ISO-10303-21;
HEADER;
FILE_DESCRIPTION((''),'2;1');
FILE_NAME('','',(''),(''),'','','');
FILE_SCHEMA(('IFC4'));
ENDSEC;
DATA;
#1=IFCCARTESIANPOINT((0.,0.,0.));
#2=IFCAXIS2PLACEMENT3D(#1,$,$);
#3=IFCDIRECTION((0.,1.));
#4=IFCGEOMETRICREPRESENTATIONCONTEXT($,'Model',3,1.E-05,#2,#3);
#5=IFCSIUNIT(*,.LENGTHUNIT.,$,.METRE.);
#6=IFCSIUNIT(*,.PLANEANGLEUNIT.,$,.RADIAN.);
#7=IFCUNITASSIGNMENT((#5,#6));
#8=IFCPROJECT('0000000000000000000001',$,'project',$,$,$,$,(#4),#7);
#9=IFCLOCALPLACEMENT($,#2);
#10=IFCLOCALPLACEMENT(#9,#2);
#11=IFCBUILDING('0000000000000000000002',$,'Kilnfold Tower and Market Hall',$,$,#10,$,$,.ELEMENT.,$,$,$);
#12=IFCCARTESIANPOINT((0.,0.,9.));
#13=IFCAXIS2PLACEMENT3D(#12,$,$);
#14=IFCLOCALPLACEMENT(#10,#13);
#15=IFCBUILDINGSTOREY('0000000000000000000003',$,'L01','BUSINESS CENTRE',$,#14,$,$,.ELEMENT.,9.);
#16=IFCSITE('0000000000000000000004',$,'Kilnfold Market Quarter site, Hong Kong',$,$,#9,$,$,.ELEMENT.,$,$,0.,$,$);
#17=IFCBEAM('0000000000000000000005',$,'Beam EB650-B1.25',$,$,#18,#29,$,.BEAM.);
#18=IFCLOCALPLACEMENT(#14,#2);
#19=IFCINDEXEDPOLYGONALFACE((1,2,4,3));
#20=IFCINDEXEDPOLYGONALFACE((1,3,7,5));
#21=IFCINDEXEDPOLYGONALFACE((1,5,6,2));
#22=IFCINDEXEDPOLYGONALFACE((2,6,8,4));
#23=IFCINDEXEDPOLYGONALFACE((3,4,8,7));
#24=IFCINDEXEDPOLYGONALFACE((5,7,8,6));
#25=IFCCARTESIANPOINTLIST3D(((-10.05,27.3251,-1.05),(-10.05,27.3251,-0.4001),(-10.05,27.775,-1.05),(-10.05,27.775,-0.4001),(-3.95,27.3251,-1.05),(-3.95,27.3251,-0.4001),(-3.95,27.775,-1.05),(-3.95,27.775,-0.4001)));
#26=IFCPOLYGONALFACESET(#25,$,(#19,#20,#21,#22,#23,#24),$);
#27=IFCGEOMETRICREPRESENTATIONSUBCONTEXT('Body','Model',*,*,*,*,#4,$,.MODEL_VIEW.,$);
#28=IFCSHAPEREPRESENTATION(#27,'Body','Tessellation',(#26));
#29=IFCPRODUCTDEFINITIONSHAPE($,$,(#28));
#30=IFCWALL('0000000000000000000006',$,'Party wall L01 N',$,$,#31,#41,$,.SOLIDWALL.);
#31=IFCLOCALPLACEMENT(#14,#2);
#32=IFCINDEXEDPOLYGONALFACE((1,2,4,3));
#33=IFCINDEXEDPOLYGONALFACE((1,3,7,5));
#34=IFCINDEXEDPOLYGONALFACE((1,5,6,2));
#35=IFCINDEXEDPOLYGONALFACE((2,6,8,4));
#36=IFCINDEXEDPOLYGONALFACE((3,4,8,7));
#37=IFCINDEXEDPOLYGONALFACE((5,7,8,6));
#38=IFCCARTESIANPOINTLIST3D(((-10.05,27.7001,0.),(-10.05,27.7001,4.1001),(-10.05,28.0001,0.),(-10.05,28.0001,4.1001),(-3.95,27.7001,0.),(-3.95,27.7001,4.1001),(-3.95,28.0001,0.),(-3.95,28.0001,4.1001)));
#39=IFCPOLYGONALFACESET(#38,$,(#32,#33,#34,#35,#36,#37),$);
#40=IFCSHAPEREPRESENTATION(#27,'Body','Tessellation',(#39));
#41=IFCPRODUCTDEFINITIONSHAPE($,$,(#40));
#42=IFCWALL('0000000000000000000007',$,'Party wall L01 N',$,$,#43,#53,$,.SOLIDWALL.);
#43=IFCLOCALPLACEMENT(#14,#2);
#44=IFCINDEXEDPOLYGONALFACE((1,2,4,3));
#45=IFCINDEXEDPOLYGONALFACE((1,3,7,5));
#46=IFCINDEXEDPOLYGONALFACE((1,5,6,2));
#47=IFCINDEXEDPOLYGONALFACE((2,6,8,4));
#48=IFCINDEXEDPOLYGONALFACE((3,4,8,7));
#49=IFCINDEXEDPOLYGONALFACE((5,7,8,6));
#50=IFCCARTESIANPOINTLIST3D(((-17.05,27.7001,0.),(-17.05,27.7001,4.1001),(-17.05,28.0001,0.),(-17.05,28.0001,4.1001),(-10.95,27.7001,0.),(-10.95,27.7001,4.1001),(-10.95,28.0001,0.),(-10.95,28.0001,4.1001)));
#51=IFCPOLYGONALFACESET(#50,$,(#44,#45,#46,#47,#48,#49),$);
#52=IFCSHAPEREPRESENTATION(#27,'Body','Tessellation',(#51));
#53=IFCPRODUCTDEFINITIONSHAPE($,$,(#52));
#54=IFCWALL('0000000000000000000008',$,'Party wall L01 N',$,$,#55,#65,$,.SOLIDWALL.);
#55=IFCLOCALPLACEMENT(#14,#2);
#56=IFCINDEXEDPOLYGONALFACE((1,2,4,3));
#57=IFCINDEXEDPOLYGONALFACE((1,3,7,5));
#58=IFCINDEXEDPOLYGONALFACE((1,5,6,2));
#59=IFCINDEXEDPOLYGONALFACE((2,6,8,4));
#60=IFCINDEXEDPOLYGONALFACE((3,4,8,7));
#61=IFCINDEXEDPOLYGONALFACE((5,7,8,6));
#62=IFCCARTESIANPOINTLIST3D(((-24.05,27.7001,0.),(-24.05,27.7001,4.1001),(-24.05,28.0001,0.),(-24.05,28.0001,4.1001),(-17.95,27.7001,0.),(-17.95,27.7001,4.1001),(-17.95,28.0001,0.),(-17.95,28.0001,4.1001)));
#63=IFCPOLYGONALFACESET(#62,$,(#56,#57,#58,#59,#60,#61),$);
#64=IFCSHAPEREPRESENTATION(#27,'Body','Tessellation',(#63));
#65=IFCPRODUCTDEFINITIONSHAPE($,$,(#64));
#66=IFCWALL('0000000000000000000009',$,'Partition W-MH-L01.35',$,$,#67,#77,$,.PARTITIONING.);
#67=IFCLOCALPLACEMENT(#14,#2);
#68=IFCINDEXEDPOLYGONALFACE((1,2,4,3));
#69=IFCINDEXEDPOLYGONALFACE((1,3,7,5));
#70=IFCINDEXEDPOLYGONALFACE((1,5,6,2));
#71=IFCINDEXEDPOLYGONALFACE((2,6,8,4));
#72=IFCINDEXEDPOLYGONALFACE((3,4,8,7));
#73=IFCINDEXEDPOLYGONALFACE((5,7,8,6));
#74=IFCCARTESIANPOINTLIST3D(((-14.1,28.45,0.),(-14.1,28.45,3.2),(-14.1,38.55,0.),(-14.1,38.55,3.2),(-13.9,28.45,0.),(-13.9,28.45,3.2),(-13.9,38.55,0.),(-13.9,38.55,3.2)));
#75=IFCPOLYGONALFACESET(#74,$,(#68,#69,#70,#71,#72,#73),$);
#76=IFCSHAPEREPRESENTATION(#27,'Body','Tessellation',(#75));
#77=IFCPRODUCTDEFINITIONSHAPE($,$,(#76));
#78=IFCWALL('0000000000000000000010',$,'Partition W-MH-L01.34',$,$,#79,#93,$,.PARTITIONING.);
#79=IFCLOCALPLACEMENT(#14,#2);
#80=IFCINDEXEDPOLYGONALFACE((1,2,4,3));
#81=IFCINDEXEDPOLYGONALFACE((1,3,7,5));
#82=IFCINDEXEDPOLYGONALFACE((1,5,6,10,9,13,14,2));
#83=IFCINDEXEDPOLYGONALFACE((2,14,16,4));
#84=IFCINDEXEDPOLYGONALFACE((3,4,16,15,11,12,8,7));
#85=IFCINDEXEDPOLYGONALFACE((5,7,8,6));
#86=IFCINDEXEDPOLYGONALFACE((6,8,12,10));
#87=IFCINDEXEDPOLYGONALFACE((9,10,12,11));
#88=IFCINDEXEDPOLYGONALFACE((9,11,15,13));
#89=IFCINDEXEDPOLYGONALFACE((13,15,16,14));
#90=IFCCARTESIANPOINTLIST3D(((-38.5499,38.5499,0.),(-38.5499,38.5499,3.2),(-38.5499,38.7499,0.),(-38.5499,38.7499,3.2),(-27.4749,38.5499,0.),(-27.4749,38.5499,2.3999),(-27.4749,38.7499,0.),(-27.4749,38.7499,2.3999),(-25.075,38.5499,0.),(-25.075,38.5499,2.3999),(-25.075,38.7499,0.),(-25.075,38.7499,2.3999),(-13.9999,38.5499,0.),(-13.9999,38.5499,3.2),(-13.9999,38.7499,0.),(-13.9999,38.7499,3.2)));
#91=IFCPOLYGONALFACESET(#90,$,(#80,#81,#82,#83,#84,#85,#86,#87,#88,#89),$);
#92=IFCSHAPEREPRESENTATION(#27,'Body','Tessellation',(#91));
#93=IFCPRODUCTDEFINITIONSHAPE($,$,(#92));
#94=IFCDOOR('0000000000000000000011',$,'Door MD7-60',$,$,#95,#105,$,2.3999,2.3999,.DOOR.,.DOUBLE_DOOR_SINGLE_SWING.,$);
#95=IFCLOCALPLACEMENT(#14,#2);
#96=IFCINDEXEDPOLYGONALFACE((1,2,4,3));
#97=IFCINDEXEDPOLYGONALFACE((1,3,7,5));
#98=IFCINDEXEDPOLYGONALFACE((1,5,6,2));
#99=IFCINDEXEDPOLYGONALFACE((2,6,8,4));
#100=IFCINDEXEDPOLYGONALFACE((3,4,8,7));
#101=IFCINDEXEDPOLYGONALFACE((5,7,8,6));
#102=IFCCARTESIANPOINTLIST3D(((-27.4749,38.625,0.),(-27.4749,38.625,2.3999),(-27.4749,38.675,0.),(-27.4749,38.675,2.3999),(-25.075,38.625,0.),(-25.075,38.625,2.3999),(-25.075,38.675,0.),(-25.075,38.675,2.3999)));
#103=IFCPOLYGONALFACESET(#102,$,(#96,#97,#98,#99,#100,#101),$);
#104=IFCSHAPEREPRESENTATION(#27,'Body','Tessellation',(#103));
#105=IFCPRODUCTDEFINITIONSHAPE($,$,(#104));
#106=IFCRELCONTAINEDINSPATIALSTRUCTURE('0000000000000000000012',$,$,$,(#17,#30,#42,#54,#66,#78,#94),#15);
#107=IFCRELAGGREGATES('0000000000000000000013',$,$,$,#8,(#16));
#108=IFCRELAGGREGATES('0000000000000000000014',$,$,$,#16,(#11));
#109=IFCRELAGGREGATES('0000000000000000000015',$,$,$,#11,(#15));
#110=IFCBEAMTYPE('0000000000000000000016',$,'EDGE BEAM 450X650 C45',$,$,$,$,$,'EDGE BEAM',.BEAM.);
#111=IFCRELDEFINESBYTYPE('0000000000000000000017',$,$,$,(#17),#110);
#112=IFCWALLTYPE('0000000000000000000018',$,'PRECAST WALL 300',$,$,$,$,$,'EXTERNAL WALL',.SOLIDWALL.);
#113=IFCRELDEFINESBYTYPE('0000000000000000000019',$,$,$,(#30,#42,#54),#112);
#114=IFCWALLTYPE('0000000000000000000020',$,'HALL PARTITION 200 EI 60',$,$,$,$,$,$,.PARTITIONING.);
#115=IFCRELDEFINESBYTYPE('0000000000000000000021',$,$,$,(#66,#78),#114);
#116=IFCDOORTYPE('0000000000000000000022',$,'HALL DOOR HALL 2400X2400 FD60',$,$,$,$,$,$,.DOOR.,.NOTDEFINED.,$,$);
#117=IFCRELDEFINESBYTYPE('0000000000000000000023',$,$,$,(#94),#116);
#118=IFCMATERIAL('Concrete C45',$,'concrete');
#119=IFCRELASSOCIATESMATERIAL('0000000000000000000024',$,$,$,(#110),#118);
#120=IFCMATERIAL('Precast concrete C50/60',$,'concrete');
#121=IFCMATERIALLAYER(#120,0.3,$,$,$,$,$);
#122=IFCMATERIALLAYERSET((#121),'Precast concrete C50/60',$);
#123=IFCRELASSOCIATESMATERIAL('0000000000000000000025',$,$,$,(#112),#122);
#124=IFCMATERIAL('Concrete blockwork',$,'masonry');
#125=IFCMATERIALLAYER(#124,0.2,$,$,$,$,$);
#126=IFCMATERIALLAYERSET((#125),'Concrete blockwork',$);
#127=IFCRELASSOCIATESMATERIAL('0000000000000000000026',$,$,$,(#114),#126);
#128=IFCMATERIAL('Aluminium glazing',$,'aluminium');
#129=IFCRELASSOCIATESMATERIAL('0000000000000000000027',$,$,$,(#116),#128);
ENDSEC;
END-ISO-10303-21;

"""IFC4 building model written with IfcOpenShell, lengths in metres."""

from ifc_helpers import new_model, si_unit, direction, frame, frame_2d, origin, origin_2d, place, context, subcontext, project, spatial, rectangle, extrude, source, transform, mapped, material, layer, layer_set, material_profile, profile_set, type_object, element, fill, save


model = new_model("IFC4")

# Units and contexts
model_context = context("Model", 3, precision=1e-05, world=origin(), true_north=direction((0.0, 1.0)))
body_context = subcontext(model_context, "Body", "Model", "MODEL_VIEW")
ifc_project = project(units=[si_unit("LENGTHUNIT", "METRE"), si_unit("PLANEANGLEUNIT", "RADIAN")], contexts=[model_context])

# Site, building, storey
site_placement = place(None, origin())
site = spatial("IfcSite", under=ifc_project, at=site_placement, Name="Kilnfold Market Quarter site, Hong Kong", CompositionType="ELEMENT", RefElevation=0.0)
building_placement = place(site_placement, origin())
building = spatial("IfcBuilding", under=site, at=building_placement, Name="Kilnfold Tower and Market Hall", CompositionType="ELEMENT")
storey_placement = place(building_placement, frame((0.0, 0.0, 9.0)))
storey = spatial("IfcBuildingStorey", under=building, at=storey_placement, Name="L01", Description="BUSINESS CENTRE", CompositionType="ELEMENT", Elevation=9.0)

# Beam
ifc_material_1 = material(Name="Concrete C45", Category="concrete")
ifc_material_profile_1 = material_profile(ifc_material_1, rectangle(XDim=0.45, YDim=0.6499, at=origin_2d()), Name="RC 450x650")
ifc_profile_set_1 = profile_set([ifc_material_profile_1], Name="Concrete C45")
beam_type_1 = type_object("IfcBeamType", Name="EDGE BEAM 450X650 C45", ElementType="EDGE BEAM", PredefinedType="BEAM", material=ifc_profile_set_1)
shared_shape_1 = source(origin(), body_context, "Body", "SweptSolid", [
    extrude(rectangle(XDim=0.45, YDim=0.6499, at=origin_2d()), origin(), (0.0, 0.0, 1.0), 6.1001),
])
for number, where, z_axis, x_axis, name in (
    (1, (-10.05, 27.55, -0.7251), (1.0, 0.0, 0.0), (0.0, 1.0, 0.0), "Beam EB650-B1.25"),
):
    element("IfcBeam", number, at=place(storey_placement, frame(where, z_axis=z_axis, x_axis=x_axis)), inside=storey, type_object=beam_type_1, Name=name, PredefinedType="BEAM", context=body_context, shape_type="MappedRepresentation", body=[
        mapped(shared_shape_1, transform((0.0, 0.0, 0.0))),
    ])

# Walls
ifc_material_2 = material(Name="Precast concrete C50/60", Category="concrete")
ifc_layer_1 = layer(ifc_material_2, 0.3)
ifc_layer_set_1 = layer_set([ifc_layer_1], Name="Precast concrete C50/60")
wall_type_1 = type_object("IfcWallType", Name="PRECAST WALL 300", ElementType="EXTERNAL WALL", PredefinedType="SOLIDWALL", material=ifc_layer_set_1)
shared_shape_2 = source(origin(), body_context, "Body", "SweptSolid", [
    extrude(rectangle(XDim=6.1001, YDim=0.3, at=frame_2d((3.05, 0.0))), origin(), (0.0, 0.0, 1.0), 4.1001),
])
for number, where, z_axis, x_axis, name in (
    (2, (-3.95, 27.8501, 0.0), (0.0, 0.0, 1.0), (-1.0, 0.0, 0.0), "Party wall L01 N"),
    (3, (-10.95, 27.8501, 0.0), (0.0, 0.0, 1.0), (-1.0, 0.0, 0.0), "Party wall L01 N"),
    (4, (-17.95, 27.8501, 0.0), (0.0, 0.0, 1.0), (-1.0, 0.0, 0.0), "Party wall L01 N"),
):
    element("IfcWall", number, at=place(storey_placement, frame(where, z_axis=z_axis, x_axis=x_axis)), inside=storey, type_object=wall_type_1, Name=name, PredefinedType="SOLIDWALL", context=body_context, shape_type="MappedRepresentation", body=[
        mapped(shared_shape_2, transform((0.0, 0.0, 0.0))),
    ])
ifc_material_3 = material(Name="Concrete blockwork", Category="masonry")
ifc_layer_2 = layer(ifc_material_3, 0.2)
ifc_layer_set_2 = layer_set([ifc_layer_2], Name="Concrete blockwork")
wall_type_2 = type_object("IfcWallType", Name="HALL PARTITION 200 EI 60", PredefinedType="PARTITIONING", material=ifc_layer_set_2)
shared_shape_3 = source(origin(), body_context, "Body", "SweptSolid", [
    extrude(rectangle(XDim=10.1001, YDim=0.2, at=frame_2d((5.05, 0.0))), origin(), (0.0, 0.0, 1.0), 3.2),
])
wall_1_placement = place(storey_placement, frame((-14.0, 38.55, 0.0), z_axis=(0.0, 0.0, 1.0), x_axis=(0.0, -1.0, 0.0)))
element("IfcWall", 5, at=wall_1_placement, inside=storey, type_object=wall_type_2, Name="Partition W-MH-L01.35", PredefinedType="PARTITIONING", context=body_context, shape_type="MappedRepresentation", body=[
    mapped(shared_shape_3, transform((0.0, 0.0, 0.0))),
])

# Wall, opening, door
shared_shape_4 = source(origin(), body_context, "Body", "SweptSolid", [
    extrude(rectangle(XDim=24.55, YDim=0.2, at=frame_2d((12.2749, 0.0))), origin(), (0.0, 0.0, 1.0), 3.2),
])
wall_2_placement = place(storey_placement, frame((-14.0, 38.6499, 0.0), z_axis=(0.0, 0.0, 1.0), x_axis=(-1.0, 0.0, 0.0)))
wall_2 = element("IfcWall", 6, at=wall_2_placement, inside=storey, type_object=wall_type_2, Name="Partition W-MH-L01.34", PredefinedType="PARTITIONING", context=body_context, shape_type="MappedRepresentation", body=[
    mapped(shared_shape_4, transform((0.0, 0.0, 0.0))),
])
opening_placement = place(wall_2_placement, frame((11.075, 0.0, 0.0)))
opening = element("IfcOpeningElement", 7, at=opening_placement, cuts=wall_2, PredefinedType="OPENING", context=body_context, shape_type="SweptSolid", body=[
    extrude(rectangle(XDim=2.3999, YDim=2.3999, at=frame_2d((1.2, 1.2))), frame((0.0, 0.1099, 0.0), z_axis=(0.0, -1.0, 0.0), x_axis=(1.0, 0.0, 0.0)), (0.0, 0.0, 1.0), 0.22),
])
ifc_material_4 = material(Name="Aluminium glazing", Category="aluminium")
door_type = type_object("IfcDoorType", Name="HALL DOOR HALL 2400X2400 FD60", OperationType="NOTDEFINED", PredefinedType="DOOR", material=ifc_material_4)
door_placement = place(opening_placement, origin())
door = element("IfcDoor", 8, at=door_placement, inside=storey, type_object=door_type, Name="Door MD7-60", OperationType="DOUBLE_DOOR_SINGLE_SWING", OverallHeight=2.3999, OverallWidth=2.3999, PredefinedType="DOOR", context=body_context, shape_type="SweptSolid", body=[
    extrude(rectangle(XDim=2.3999, YDim=2.3999, at=frame_2d((1.2, 1.2))), frame((0.0, 0.0249, 0.0), z_axis=(0.0, -1.0, 0.0), x_axis=(1.0, 0.0, 0.0)), (0.0, 0.0, 1.0), 0.05),
])
fill(opening, door)

save(model, "model.ifc")
